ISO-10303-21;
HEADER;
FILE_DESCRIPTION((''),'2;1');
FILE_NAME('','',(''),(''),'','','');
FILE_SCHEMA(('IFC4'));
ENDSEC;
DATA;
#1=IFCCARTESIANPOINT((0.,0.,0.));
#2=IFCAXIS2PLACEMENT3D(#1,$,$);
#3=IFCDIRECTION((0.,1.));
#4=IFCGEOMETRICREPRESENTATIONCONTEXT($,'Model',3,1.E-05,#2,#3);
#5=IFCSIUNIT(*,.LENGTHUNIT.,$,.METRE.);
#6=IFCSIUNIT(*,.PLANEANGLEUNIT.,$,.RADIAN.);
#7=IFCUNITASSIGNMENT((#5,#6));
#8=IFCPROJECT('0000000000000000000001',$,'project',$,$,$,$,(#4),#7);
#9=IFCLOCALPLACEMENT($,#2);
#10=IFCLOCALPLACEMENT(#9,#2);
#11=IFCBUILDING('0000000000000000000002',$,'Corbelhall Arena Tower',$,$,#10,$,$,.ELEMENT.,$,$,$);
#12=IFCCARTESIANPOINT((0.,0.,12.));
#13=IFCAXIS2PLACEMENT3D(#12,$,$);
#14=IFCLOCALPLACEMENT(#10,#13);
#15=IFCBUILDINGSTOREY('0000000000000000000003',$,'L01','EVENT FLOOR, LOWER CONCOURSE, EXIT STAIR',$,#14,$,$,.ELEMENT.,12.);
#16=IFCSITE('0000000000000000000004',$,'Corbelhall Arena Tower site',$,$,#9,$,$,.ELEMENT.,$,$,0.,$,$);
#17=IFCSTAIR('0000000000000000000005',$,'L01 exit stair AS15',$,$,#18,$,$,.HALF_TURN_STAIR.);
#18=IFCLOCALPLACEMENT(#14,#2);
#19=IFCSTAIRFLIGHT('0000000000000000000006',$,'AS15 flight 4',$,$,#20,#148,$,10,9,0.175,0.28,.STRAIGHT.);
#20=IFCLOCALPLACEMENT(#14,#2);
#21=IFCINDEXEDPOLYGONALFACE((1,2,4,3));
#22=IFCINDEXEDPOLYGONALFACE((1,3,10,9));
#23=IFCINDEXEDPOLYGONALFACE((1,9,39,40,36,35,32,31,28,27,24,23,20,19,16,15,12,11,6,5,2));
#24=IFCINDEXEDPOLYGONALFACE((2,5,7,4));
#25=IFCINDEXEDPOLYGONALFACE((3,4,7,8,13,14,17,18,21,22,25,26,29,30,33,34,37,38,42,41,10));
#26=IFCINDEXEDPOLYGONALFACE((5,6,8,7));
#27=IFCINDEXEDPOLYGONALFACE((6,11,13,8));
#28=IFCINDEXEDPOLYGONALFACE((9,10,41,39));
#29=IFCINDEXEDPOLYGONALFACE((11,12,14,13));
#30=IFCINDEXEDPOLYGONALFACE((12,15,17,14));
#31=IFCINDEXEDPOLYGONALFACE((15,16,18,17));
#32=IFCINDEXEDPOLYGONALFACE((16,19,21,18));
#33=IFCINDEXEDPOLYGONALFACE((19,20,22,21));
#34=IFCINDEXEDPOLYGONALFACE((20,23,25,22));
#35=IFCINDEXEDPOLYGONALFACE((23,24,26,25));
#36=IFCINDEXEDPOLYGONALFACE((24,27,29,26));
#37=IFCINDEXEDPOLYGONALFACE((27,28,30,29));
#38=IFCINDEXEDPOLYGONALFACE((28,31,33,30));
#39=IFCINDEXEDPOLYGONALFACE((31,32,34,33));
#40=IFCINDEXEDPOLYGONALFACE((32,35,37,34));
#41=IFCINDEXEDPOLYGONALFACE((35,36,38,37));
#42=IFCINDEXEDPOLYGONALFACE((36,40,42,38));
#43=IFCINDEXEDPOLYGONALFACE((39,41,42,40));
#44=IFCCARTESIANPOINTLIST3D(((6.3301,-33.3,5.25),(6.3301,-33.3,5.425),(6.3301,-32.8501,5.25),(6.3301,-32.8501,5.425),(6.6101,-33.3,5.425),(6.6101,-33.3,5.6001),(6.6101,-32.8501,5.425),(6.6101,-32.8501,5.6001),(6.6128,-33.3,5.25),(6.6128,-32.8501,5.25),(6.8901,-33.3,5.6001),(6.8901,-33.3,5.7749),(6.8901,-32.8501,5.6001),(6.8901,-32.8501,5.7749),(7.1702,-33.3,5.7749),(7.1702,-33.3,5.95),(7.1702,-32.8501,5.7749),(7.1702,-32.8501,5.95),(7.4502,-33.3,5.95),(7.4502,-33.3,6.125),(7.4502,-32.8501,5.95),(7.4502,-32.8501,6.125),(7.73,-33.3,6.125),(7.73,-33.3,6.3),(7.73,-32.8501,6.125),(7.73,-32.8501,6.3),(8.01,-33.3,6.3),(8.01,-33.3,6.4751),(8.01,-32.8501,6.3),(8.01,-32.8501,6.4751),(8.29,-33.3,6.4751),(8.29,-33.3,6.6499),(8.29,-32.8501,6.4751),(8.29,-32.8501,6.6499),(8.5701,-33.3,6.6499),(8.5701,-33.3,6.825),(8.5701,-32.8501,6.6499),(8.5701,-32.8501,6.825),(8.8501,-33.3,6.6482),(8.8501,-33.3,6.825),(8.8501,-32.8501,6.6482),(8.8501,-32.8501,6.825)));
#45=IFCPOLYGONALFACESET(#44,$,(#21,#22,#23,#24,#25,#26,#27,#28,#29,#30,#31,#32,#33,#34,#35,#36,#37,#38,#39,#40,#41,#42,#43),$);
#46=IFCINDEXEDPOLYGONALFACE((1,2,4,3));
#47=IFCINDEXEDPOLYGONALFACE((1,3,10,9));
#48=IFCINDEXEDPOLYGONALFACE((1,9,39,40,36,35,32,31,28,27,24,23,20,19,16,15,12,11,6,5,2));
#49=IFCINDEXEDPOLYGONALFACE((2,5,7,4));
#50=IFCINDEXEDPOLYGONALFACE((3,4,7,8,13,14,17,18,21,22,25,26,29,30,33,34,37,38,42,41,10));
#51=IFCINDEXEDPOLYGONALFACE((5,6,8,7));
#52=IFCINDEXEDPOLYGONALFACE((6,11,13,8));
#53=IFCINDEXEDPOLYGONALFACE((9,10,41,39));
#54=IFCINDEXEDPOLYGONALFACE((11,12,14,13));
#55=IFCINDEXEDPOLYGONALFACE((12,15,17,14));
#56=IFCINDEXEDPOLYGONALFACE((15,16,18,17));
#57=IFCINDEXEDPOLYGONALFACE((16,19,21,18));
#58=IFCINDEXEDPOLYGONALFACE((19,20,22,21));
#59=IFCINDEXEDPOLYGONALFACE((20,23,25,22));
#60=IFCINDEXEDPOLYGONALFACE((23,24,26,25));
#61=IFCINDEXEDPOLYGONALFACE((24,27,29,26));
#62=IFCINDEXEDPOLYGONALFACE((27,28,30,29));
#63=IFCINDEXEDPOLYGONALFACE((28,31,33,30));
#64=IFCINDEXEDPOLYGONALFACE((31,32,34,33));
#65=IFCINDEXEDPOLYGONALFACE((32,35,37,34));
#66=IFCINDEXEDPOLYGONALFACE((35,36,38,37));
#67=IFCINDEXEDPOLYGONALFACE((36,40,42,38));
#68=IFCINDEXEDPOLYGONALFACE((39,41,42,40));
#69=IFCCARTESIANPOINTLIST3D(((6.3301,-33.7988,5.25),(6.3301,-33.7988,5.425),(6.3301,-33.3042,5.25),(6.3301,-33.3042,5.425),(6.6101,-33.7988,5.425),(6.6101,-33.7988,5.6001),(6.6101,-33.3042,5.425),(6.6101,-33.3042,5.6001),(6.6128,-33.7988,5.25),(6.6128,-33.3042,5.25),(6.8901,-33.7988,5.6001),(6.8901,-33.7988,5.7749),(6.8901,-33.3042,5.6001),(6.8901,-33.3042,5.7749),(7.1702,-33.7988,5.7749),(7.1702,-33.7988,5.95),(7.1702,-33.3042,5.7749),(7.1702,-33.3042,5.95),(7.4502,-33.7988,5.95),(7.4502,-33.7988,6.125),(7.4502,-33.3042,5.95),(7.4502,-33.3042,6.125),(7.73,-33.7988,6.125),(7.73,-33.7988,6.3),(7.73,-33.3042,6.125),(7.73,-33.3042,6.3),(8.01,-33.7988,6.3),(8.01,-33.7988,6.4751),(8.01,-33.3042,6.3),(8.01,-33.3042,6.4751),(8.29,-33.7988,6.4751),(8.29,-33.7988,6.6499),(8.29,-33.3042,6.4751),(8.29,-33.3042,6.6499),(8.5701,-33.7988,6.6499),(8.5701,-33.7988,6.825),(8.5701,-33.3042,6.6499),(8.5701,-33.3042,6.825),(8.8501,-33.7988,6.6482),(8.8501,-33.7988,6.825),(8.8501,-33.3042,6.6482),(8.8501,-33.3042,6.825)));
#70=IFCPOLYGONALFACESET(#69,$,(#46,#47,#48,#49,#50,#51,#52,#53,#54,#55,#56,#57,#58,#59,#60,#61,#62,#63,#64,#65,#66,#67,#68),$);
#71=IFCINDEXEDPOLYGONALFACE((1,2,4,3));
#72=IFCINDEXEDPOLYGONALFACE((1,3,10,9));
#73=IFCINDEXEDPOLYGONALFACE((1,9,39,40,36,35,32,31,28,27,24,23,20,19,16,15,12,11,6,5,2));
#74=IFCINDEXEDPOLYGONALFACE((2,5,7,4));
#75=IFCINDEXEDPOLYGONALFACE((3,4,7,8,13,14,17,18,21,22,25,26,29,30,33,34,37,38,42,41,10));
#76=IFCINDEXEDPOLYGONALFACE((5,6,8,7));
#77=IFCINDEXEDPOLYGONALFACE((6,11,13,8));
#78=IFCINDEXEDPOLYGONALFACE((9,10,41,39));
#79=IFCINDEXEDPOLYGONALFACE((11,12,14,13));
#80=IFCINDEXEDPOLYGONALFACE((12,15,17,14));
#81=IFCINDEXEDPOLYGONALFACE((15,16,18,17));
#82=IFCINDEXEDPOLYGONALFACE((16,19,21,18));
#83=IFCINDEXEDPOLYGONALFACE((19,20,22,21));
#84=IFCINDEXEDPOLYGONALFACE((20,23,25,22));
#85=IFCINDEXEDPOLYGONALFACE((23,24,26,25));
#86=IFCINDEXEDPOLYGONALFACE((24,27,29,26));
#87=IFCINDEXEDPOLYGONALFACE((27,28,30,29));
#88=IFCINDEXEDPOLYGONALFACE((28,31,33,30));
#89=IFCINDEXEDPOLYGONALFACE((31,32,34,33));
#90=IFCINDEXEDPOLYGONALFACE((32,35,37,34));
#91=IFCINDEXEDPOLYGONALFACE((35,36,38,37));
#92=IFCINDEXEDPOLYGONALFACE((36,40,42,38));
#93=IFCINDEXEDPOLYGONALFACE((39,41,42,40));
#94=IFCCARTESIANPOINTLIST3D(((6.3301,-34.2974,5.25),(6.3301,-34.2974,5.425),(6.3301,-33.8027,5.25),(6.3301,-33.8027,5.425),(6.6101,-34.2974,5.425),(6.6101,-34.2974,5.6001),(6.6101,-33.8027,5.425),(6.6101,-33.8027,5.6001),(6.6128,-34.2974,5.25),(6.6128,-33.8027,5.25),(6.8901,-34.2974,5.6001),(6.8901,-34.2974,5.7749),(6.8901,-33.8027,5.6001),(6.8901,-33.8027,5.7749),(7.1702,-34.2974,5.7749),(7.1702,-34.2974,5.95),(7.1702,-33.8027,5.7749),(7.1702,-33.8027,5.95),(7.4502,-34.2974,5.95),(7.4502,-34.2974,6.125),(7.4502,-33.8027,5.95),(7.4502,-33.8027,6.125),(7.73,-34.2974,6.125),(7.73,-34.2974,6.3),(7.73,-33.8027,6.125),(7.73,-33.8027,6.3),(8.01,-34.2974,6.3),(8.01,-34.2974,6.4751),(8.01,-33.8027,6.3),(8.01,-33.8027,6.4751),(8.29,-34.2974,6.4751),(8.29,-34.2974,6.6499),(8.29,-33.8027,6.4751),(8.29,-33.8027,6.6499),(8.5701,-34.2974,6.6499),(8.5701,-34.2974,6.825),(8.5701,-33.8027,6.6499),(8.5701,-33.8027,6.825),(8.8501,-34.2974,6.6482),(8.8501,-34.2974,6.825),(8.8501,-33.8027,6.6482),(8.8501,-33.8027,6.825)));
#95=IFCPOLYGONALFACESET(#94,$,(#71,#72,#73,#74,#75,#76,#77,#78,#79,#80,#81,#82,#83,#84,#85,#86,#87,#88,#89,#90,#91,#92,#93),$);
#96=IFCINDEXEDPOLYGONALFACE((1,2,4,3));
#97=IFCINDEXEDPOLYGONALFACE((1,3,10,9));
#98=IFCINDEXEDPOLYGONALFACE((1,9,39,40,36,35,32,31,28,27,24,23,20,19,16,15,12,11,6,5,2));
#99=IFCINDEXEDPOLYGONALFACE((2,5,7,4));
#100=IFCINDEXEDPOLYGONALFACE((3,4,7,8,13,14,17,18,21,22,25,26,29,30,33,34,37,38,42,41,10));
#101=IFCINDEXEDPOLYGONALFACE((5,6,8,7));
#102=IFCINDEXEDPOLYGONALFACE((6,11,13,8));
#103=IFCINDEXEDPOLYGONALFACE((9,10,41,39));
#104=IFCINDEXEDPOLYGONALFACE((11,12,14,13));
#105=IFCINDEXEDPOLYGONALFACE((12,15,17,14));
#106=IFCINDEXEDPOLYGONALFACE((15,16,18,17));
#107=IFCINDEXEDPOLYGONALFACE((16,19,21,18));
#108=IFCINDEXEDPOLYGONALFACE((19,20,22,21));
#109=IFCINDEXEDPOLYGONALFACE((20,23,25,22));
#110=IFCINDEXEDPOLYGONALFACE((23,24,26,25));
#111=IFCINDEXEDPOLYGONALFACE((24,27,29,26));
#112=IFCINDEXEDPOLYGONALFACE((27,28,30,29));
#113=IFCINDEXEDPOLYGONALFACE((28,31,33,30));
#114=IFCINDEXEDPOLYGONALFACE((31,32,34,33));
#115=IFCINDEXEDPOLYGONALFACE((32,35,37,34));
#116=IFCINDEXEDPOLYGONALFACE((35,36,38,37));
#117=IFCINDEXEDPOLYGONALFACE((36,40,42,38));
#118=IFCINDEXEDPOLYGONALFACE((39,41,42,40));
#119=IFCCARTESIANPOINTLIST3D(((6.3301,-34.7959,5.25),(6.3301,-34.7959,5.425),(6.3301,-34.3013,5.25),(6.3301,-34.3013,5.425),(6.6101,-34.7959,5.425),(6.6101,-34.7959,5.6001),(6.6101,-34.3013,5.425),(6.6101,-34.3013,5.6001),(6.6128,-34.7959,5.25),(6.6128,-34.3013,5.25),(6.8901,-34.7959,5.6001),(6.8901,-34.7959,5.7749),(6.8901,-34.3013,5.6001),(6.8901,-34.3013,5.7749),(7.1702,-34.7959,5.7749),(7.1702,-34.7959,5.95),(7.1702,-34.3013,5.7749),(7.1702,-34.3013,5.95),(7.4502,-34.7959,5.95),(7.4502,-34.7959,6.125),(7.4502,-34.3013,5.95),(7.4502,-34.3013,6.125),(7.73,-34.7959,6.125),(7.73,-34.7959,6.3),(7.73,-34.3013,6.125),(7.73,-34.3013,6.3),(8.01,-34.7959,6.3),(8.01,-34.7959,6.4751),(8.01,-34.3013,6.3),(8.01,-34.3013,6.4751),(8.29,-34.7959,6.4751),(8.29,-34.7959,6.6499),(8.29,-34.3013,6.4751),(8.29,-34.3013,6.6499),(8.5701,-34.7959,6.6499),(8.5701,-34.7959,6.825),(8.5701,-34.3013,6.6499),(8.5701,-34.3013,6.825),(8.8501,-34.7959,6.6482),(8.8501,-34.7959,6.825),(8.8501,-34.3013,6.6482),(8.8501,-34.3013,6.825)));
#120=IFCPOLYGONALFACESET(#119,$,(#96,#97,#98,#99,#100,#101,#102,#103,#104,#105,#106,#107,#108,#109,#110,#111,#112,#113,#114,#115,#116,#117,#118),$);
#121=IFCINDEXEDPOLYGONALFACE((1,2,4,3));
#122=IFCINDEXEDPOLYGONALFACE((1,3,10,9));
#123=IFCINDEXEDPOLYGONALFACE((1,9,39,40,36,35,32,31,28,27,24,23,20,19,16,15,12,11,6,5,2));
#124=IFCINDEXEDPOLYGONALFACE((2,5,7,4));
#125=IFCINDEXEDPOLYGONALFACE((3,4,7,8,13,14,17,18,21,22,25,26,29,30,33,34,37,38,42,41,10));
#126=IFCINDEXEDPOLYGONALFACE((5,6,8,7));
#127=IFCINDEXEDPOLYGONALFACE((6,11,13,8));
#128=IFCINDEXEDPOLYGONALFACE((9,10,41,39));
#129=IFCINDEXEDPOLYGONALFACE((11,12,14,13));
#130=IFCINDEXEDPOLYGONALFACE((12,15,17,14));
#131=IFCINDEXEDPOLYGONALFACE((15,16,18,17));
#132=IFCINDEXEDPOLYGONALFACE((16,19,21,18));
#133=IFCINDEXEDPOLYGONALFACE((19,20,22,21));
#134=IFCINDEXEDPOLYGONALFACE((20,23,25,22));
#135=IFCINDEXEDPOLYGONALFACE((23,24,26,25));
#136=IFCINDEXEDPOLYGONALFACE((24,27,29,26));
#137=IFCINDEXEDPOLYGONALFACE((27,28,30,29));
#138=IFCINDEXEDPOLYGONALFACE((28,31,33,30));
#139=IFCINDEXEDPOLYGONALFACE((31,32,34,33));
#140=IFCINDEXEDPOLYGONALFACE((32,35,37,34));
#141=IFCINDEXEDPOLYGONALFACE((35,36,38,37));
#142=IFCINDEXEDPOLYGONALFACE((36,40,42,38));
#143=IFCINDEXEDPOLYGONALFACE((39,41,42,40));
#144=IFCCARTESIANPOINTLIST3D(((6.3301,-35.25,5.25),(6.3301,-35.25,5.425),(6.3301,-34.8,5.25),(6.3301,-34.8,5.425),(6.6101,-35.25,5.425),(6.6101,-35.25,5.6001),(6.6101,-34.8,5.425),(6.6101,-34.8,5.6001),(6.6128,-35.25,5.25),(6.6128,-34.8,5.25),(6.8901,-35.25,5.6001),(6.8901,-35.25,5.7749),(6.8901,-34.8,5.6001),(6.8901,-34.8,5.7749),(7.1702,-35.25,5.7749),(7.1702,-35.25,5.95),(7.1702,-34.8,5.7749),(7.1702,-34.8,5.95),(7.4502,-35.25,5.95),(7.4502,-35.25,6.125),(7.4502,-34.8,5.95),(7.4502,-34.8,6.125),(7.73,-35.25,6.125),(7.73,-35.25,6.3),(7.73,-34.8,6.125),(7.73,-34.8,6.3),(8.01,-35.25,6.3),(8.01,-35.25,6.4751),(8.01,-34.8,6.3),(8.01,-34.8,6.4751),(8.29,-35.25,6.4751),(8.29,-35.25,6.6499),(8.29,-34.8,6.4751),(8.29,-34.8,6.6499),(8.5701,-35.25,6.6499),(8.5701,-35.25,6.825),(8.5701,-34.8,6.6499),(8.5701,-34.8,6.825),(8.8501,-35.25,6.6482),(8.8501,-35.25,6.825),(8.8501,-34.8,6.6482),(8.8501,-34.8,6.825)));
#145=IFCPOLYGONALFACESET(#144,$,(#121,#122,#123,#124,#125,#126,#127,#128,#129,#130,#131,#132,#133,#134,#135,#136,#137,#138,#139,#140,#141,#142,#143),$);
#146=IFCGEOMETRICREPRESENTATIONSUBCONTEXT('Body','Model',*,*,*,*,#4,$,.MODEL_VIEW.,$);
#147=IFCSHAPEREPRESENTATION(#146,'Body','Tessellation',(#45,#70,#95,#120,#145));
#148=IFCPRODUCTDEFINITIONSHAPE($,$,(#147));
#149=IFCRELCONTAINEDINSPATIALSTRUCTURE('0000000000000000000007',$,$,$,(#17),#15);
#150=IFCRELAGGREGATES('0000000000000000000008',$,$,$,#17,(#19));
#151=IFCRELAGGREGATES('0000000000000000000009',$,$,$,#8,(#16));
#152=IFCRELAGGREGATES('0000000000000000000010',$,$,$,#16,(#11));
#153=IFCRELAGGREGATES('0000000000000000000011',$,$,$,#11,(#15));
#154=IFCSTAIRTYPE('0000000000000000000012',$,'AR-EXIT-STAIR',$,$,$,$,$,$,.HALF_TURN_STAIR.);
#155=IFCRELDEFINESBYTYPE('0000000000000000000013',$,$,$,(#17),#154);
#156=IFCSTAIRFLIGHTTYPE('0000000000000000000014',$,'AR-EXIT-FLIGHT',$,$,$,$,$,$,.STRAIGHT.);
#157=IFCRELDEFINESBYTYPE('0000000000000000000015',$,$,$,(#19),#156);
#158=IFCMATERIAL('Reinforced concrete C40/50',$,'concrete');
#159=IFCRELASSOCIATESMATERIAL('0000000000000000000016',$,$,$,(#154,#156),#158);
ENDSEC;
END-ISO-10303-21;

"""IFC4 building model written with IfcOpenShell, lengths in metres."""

from ifc_helpers import new_model, si_unit, direction, frame, origin, place, context, subcontext, project, spatial, polyline, outline, extrude, material, type_object, element, aggregate, save


model = new_model("IFC4")

# Units and contexts
model_context = context("Model", 3, precision=1e-05, world=origin(), true_north=direction((0.0, 1.0)))
body_context = subcontext(model_context, "Body", "Model", "MODEL_VIEW")
ifc_project = project(units=[si_unit("LENGTHUNIT", "METRE"), si_unit("PLANEANGLEUNIT", "RADIAN")], contexts=[model_context])

# Site, building, storey
site_placement = place(None, origin())
site = spatial("IfcSite", under=ifc_project, at=site_placement, Name="Corbelhall Arena Tower site", CompositionType="ELEMENT", RefElevation=0.0)
building_placement = place(site_placement, origin())
building = spatial("IfcBuilding", under=site, at=building_placement, Name="Corbelhall Arena Tower", CompositionType="ELEMENT")
storey_placement = place(building_placement, frame((0.0, 0.0, 12.0)))
storey = spatial("IfcBuildingStorey", under=building, at=storey_placement, Name="L01", Description="EVENT FLOOR, LOWER CONCOURSE, EXIT STAIR", CompositionType="ELEMENT", Elevation=12.0)

# Shared definitions
ifc_material_1 = material(Name="Reinforced concrete C40/50", Category="concrete")

# Stair, stair flight
stair_type = type_object("IfcStairType", Name="AR-EXIT-STAIR", PredefinedType="HALF_TURN_STAIR", material=ifc_material_1)
stair_placement = place(storey_placement, origin())
stair = element("IfcStair", 1, at=stair_placement, inside=storey, type_object=stair_type, Name="L01 exit stair AS15", PredefinedType="HALF_TURN_STAIR")
stair_flight_type = type_object("IfcStairFlightType", Name="AR-EXIT-FLIGHT", PredefinedType="STRAIGHT", material=ifc_material_1)
stair_flight_1_placement = place(storey_placement, frame((6.3301, -34.05, 5.25), z_axis=(0.0, 0.0, 1.0), x_axis=(1.0, 0.0, 0.0)))
stair_flight_1 = element("IfcStairFlight", 2, at=stair_flight_1_placement, type_object=stair_flight_type, Name="AS15 flight 4", NumberOfRisers=10, NumberOfTreads=9, PredefinedType="STRAIGHT", RiserHeight=0.175, TreadLength=0.28, context=body_context, shape_type="SweptSolid", body=[
    extrude(outline(polyline([(0.0, 0.0), (0.0, 0.175), (0.28, 0.175), (0.28, 0.3501), (0.5601, 0.3501), (0.5601, 0.5249), (0.8401, 0.5249), (0.8401, 0.7), (1.1201, 0.7), (1.1201, 0.875), (1.3999, 0.875), (1.3999, 1.05), (1.6799, 1.05), (1.6799, 1.2251), (1.96, 1.2251), (1.96, 1.3999), (2.24, 1.3999), (2.24, 1.575), (2.52, 1.575), (2.52, 1.75), (2.52, 1.3982), (0.2827, 0.0), (0.0, 0.0)])), frame((0.0, 1.2, 0.0), z_axis=(0.0, -1.0, 0.0), x_axis=(1.0, 0.0, 0.0)), (0.0, 0.0, 1.0), 0.45),
    extrude(outline(polyline([(0.0, 0.0), (0.0, 0.175), (0.28, 0.175), (0.28, 0.3501), (0.5601, 0.3501), (0.5601, 0.5249), (0.8401, 0.5249), (0.8401, 0.7), (1.1201, 0.7), (1.1201, 0.875), (1.3999, 0.875), (1.3999, 1.05), (1.6799, 1.05), (1.6799, 1.2251), (1.96, 1.2251), (1.96, 1.3999), (2.24, 1.3999), (2.24, 1.575), (2.52, 1.575), (2.52, 1.75), (2.52, 1.3982), (0.2827, 0.0), (0.0, 0.0)])), frame((0.0, 0.7458, 0.0), z_axis=(0.0, -1.0, 0.0), x_axis=(1.0, 0.0, 0.0)), (0.0, 0.0, 1.0), 0.4946),
    extrude(outline(polyline([(0.0, 0.0), (0.0, 0.175), (0.28, 0.175), (0.28, 0.3501), (0.5601, 0.3501), (0.5601, 0.5249), (0.8401, 0.5249), (0.8401, 0.7), (1.1201, 0.7), (1.1201, 0.875), (1.3999, 0.875), (1.3999, 1.05), (1.6799, 1.05), (1.6799, 1.2251), (1.96, 1.2251), (1.96, 1.3999), (2.24, 1.3999), (2.24, 1.575), (2.52, 1.575), (2.52, 1.75), (2.52, 1.3982), (0.2827, 0.0), (0.0, 0.0)])), frame((0.0, 0.2473, 0.0), z_axis=(0.0, -1.0, 0.0), x_axis=(1.0, 0.0, 0.0)), (0.0, 0.0, 1.0), 0.4946),
    extrude(outline(polyline([(0.0, 0.0), (0.0, 0.175), (0.28, 0.175), (0.28, 0.3501), (0.5601, 0.3501), (0.5601, 0.5249), (0.8401, 0.5249), (0.8401, 0.7), (1.1201, 0.7), (1.1201, 0.875), (1.3999, 0.875), (1.3999, 1.05), (1.6799, 1.05), (1.6799, 1.2251), (1.96, 1.2251), (1.96, 1.3999), (2.24, 1.3999), (2.24, 1.575), (2.52, 1.575), (2.52, 1.75), (2.52, 1.3982), (0.2827, 0.0), (0.0, 0.0)])), frame((0.0, -0.2512, 0.0), z_axis=(0.0, -1.0, 0.0), x_axis=(1.0, 0.0, 0.0)), (0.0, 0.0, 1.0), 0.4946),
    extrude(outline(polyline([(0.0, 0.0), (0.0, 0.175), (0.28, 0.175), (0.28, 0.3501), (0.5601, 0.3501), (0.5601, 0.5249), (0.8401, 0.5249), (0.8401, 0.7), (1.1201, 0.7), (1.1201, 0.875), (1.3999, 0.875), (1.3999, 1.05), (1.6799, 1.05), (1.6799, 1.2251), (1.96, 1.2251), (1.96, 1.3999), (2.24, 1.3999), (2.24, 1.575), (2.52, 1.575), (2.52, 1.75), (2.52, 1.3982), (0.2827, 0.0), (0.0, 0.0)])), frame((0.0, -0.75, 0.0), z_axis=(0.0, -1.0, 0.0), x_axis=(1.0, 0.0, 0.0)), (0.0, 0.0, 1.0), 0.45),
])
aggregate(stair, [stair_flight_1])

save(model, "model.ifc")
